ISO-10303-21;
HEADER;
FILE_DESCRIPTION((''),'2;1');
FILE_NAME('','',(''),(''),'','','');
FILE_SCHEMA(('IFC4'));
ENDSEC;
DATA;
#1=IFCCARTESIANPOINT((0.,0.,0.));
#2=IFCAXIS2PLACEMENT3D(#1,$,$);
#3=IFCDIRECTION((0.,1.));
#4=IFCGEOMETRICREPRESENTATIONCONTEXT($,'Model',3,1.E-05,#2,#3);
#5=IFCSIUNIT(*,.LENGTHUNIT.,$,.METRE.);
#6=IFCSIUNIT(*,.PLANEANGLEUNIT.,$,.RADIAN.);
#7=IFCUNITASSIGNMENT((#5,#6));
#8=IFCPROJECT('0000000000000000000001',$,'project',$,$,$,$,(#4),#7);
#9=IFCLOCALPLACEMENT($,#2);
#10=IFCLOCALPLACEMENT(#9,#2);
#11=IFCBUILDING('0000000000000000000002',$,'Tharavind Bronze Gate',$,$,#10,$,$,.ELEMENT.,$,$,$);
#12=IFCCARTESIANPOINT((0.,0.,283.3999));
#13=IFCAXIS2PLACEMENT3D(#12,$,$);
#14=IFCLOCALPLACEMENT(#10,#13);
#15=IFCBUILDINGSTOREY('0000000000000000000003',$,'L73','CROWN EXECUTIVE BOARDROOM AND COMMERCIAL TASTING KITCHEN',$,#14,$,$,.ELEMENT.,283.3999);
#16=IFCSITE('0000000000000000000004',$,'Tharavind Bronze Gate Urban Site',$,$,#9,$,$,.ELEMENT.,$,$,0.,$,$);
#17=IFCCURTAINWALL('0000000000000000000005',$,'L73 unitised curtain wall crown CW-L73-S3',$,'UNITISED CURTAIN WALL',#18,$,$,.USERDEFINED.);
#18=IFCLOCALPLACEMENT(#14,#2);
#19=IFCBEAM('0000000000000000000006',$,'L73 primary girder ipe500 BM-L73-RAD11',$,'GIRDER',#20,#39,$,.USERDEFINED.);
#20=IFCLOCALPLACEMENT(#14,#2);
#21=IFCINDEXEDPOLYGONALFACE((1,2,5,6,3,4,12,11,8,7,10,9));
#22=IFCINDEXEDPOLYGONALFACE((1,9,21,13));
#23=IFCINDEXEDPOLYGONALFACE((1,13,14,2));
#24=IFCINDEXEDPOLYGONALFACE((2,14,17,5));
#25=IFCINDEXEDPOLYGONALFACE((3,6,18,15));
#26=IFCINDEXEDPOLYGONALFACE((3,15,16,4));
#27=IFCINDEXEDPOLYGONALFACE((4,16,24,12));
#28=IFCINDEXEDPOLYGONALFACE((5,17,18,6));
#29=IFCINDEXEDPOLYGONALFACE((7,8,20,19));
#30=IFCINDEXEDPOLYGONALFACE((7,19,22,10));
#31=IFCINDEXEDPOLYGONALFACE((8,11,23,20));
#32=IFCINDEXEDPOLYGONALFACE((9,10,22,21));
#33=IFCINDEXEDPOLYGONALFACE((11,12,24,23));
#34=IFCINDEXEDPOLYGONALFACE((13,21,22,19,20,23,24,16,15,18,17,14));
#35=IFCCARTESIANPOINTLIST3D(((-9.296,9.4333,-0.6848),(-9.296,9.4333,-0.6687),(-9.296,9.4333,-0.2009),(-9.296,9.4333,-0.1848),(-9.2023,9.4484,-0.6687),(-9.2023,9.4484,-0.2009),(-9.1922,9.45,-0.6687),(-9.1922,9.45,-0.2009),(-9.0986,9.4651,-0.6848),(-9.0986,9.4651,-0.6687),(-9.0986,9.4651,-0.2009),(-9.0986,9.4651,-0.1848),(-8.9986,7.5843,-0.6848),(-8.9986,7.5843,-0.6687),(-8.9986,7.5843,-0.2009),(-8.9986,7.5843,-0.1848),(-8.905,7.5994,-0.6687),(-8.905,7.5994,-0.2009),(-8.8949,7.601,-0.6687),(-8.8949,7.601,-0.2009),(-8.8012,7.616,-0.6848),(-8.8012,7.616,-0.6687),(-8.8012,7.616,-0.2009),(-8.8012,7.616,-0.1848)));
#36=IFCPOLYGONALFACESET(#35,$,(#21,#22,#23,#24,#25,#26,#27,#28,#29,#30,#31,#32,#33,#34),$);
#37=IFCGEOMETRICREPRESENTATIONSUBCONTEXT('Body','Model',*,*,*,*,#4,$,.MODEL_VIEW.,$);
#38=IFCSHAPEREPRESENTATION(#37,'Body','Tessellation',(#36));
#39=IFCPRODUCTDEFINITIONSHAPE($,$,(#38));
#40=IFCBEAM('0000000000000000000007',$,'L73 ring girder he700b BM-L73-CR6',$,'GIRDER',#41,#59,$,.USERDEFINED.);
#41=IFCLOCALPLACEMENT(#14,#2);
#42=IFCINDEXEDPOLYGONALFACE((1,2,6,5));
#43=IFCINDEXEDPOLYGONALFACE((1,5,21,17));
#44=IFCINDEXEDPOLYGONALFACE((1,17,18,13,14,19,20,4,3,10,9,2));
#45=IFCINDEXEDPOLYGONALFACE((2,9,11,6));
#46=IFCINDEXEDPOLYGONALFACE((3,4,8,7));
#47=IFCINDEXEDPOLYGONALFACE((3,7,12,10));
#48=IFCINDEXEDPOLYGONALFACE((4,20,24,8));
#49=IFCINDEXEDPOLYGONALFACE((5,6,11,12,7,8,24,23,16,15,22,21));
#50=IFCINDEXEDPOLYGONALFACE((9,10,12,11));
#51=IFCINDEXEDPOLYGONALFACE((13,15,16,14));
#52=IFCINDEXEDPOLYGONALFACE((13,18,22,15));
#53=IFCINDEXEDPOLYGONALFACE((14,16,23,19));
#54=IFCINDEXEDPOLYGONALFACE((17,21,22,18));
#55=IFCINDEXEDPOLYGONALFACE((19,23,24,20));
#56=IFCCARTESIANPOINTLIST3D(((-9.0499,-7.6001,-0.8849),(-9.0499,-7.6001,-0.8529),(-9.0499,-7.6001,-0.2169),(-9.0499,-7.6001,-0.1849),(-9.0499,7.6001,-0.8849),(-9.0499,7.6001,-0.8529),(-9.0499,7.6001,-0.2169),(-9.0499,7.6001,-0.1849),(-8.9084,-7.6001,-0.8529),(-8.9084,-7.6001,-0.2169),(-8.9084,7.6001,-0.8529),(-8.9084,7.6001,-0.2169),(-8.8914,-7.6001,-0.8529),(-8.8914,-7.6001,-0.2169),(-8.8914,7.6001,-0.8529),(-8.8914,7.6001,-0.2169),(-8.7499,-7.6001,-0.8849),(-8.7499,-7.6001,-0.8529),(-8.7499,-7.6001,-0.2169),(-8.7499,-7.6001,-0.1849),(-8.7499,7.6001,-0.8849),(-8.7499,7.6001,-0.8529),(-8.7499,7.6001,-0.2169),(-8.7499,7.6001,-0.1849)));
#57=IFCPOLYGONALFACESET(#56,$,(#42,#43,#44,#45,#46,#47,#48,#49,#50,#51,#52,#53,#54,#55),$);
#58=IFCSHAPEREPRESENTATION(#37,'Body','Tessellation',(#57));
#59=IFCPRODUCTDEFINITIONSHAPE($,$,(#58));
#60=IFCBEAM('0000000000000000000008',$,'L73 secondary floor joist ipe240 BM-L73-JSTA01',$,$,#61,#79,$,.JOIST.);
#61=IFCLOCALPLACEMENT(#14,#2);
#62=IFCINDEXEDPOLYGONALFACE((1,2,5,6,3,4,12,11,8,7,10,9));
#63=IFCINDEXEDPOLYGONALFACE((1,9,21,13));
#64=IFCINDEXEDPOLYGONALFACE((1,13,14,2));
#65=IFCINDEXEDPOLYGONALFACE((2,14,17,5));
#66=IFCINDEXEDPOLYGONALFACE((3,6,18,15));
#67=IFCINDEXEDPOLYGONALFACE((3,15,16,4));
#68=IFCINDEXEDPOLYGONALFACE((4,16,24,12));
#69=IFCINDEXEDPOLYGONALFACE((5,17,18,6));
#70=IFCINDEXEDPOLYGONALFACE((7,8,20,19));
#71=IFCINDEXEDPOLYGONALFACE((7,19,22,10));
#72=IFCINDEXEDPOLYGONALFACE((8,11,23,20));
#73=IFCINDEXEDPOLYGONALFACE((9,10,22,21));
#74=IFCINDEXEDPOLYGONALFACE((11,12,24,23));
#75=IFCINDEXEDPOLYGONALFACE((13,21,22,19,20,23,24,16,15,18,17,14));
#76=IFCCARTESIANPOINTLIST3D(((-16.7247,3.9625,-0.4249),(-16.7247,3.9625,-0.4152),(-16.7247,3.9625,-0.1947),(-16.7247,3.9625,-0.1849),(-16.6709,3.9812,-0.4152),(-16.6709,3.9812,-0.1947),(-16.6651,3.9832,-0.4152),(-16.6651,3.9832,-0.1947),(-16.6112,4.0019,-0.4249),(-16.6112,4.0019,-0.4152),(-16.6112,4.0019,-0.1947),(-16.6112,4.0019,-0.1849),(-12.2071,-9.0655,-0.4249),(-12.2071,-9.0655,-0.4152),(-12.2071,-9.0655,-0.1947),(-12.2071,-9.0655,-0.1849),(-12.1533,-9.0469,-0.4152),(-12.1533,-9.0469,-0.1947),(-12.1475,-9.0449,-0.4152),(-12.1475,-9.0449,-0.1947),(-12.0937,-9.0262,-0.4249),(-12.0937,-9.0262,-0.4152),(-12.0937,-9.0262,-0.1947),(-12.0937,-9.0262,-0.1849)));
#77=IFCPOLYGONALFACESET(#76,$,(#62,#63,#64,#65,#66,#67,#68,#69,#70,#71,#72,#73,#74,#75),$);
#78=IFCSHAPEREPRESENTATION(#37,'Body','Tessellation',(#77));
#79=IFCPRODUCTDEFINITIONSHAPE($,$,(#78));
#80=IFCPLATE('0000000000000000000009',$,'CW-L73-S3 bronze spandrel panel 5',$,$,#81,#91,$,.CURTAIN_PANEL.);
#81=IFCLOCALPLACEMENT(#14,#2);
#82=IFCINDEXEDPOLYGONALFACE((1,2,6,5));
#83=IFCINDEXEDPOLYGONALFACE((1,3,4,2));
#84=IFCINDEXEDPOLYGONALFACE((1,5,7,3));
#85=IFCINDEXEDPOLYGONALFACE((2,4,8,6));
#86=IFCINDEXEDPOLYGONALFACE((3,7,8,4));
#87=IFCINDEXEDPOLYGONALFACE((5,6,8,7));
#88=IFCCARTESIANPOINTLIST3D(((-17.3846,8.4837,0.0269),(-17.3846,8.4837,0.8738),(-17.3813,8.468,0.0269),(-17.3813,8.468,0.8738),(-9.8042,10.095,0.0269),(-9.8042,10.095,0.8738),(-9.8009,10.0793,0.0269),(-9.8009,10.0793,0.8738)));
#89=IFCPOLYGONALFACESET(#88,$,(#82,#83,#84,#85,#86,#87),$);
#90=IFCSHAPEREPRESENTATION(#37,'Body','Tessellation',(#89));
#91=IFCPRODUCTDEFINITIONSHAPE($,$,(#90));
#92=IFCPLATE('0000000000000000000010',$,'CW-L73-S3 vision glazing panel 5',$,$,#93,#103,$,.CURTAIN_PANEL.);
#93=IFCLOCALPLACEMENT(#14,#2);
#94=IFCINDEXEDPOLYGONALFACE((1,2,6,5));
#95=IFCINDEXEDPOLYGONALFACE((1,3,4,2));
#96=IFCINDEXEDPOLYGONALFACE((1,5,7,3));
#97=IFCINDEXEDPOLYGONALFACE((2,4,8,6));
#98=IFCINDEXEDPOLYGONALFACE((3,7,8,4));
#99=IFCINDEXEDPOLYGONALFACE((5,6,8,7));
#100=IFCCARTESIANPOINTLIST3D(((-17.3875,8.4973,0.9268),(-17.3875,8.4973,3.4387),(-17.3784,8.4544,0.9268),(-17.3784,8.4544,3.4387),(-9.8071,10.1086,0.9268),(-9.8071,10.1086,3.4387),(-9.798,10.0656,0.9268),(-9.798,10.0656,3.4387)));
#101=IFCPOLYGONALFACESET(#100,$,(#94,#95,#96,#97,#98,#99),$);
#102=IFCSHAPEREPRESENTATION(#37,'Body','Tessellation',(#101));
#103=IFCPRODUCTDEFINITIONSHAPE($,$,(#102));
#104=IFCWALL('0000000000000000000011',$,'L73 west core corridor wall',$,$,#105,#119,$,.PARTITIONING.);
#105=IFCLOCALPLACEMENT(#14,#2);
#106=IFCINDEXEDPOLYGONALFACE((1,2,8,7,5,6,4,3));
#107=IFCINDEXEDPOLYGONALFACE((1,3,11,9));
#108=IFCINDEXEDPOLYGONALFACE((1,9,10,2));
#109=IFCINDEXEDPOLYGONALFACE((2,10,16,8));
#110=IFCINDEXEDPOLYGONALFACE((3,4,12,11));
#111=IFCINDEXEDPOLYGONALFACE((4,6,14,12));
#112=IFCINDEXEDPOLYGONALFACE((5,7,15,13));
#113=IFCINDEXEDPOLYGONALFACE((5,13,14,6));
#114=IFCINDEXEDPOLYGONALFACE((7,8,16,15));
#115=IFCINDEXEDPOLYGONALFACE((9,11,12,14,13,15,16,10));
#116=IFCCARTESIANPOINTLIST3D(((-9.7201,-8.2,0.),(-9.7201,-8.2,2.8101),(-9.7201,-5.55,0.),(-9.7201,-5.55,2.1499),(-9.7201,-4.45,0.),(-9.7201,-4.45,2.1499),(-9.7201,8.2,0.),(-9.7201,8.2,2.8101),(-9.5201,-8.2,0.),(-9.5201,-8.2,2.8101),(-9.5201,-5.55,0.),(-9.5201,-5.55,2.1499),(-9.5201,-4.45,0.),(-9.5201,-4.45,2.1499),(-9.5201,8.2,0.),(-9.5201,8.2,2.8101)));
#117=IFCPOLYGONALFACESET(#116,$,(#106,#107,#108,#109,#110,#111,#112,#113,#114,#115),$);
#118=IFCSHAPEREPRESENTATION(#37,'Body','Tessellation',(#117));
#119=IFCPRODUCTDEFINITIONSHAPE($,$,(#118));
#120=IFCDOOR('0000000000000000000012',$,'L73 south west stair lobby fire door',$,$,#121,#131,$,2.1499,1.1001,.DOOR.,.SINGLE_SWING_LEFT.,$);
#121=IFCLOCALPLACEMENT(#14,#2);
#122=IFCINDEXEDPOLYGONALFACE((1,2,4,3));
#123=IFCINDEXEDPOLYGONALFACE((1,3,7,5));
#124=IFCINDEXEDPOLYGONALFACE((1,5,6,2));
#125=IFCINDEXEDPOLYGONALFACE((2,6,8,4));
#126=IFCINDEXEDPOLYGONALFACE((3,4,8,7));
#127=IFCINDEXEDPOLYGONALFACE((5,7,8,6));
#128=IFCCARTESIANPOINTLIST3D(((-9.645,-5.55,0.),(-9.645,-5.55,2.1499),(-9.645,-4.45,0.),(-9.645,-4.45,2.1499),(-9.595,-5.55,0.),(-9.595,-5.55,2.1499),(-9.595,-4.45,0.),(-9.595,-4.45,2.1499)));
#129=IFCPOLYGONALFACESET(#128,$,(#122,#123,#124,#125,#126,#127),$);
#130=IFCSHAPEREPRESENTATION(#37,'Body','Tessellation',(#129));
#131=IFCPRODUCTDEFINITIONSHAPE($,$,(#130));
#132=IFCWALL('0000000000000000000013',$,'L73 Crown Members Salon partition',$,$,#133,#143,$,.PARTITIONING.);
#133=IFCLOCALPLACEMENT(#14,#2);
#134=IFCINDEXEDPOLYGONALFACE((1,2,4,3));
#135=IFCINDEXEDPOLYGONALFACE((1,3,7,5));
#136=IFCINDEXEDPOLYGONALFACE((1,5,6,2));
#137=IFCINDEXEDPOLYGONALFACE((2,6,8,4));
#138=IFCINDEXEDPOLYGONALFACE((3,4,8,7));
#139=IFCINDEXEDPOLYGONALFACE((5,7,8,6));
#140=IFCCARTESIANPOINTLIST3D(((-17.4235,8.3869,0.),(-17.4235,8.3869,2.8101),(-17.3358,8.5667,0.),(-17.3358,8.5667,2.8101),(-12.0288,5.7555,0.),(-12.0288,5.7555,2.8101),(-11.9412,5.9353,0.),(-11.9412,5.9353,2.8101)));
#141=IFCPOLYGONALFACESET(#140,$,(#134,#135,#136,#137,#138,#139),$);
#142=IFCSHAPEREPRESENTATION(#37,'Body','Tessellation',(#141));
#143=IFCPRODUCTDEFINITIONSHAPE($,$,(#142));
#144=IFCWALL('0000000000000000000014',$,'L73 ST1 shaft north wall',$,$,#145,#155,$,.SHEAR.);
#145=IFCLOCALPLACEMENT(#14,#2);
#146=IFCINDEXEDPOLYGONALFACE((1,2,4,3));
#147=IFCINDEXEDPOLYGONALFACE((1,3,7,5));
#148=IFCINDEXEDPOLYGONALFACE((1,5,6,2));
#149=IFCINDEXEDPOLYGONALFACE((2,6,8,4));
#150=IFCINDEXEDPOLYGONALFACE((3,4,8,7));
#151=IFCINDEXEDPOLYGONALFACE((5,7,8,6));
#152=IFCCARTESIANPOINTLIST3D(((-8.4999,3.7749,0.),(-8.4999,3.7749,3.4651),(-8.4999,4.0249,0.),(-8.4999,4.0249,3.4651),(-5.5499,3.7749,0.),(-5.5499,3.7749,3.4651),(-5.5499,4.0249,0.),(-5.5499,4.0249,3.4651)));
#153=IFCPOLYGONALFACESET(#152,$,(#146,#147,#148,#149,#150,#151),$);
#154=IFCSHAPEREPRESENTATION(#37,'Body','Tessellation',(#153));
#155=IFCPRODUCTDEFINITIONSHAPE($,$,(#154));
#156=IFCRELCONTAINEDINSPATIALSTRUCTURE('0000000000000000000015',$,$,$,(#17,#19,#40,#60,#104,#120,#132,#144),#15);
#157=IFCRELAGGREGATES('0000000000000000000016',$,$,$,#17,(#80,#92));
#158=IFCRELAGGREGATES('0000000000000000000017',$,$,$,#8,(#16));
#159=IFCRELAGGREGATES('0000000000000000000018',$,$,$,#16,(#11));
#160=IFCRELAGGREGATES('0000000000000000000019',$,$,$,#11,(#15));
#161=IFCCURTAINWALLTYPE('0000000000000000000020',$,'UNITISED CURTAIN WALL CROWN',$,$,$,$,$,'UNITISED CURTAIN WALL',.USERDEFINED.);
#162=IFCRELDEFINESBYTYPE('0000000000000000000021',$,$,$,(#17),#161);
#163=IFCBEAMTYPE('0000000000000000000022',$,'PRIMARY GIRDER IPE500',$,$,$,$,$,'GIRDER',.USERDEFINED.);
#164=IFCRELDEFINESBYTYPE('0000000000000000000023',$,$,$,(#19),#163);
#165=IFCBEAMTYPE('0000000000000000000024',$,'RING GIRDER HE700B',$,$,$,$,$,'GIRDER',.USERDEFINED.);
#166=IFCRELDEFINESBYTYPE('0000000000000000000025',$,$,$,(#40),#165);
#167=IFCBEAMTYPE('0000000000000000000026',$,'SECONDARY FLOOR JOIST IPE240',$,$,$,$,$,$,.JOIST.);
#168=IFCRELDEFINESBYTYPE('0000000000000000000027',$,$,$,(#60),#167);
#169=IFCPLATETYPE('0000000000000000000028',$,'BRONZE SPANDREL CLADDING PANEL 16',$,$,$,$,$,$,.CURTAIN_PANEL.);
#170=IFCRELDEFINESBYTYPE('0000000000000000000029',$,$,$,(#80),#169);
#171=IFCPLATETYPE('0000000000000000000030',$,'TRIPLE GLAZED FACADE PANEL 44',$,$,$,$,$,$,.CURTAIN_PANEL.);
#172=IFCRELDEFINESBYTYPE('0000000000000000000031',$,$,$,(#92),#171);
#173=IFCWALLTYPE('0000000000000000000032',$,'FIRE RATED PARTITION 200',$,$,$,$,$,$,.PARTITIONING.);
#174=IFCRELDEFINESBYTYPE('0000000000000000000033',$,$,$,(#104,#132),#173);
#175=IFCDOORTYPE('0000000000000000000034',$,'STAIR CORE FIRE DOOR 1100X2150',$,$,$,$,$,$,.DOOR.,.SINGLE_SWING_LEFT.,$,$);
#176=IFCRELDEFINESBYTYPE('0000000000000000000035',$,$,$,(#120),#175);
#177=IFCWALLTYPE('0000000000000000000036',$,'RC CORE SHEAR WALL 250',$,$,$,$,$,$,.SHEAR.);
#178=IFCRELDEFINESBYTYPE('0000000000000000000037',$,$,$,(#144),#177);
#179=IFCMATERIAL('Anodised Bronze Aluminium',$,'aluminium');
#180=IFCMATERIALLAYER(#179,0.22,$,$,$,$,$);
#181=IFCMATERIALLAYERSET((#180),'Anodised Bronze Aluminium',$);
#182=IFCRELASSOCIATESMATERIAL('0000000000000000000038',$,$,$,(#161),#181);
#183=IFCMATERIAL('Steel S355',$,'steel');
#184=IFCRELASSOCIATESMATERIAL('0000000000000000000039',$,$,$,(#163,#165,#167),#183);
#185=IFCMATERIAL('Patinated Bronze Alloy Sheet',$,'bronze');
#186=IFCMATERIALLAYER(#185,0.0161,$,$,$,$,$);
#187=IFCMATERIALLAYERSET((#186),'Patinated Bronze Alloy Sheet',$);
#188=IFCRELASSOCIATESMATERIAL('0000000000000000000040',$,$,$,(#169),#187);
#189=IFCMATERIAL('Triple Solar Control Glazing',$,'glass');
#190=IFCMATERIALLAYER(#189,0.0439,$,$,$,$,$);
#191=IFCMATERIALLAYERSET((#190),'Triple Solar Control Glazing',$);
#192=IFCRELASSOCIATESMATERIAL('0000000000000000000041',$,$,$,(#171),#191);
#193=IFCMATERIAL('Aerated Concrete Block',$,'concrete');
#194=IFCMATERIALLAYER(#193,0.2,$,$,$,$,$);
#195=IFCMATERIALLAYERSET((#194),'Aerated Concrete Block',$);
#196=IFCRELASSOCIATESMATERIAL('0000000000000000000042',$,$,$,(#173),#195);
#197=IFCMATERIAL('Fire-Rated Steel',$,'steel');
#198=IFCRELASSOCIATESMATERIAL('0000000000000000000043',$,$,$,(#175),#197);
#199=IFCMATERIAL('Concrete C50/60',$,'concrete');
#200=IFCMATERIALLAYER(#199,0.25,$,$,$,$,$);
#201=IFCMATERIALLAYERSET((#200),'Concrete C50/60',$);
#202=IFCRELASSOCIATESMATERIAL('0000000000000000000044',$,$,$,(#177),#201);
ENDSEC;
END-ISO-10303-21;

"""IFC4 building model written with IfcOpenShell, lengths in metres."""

from ifc_helpers import new_model, si_unit, direction, frame, frame_2d, origin, origin_2d, place, context, subcontext, project, spatial, rectangle, i_section, extrude, material, layer, layer_set, material_profile, profile_set, type_object, element, fill, aggregate, save


model = new_model("IFC4")

# Units and contexts
model_context = context("Model", 3, precision=1e-05, world=origin(), true_north=direction((0.0, 1.0)))
body_context = subcontext(model_context, "Body", "Model", "MODEL_VIEW")
ifc_project = project(units=[si_unit("LENGTHUNIT", "METRE"), si_unit("PLANEANGLEUNIT", "RADIAN")], contexts=[model_context])

# Site, building, storey
site_placement = place(None, origin())
site = spatial("IfcSite", under=ifc_project, at=site_placement, Name="Tharavind Bronze Gate Urban Site", CompositionType="ELEMENT", RefElevation=0.0)
building_placement = place(site_placement, origin())
building = spatial("IfcBuilding", under=site, at=building_placement, Name="Tharavind Bronze Gate", CompositionType="ELEMENT")
storey_placement = place(building_placement, frame((0.0, 0.0, 283.3999)))
storey = spatial("IfcBuildingStorey", under=building, at=storey_placement, Name="L73", Description="CROWN EXECUTIVE BOARDROOM AND COMMERCIAL TASTING KITCHEN", CompositionType="ELEMENT", Elevation=283.3999)

# Shared definitions
ifc_material_1 = material(Name="Concrete C50/60", Category="concrete")

# Curtain wall
ifc_material_2 = material(Name="Anodised Bronze Aluminium", Category="aluminium")
ifc_layer_1 = layer(ifc_material_2, 0.22)
ifc_layer_set_1 = layer_set([ifc_layer_1], Name="Anodised Bronze Aluminium")
curtain_wall_type = type_object("IfcCurtainWallType", Name="UNITISED CURTAIN WALL CROWN", ElementType="UNITISED CURTAIN WALL", PredefinedType="USERDEFINED", material=ifc_layer_set_1)
curtain_wall_placement = place(storey_placement, origin())
curtain_wall = element("IfcCurtainWall", 1, at=curtain_wall_placement, inside=storey, type_object=curtain_wall_type, Name="L73 unitised curtain wall crown CW-L73-S3", ObjectType="UNITISED CURTAIN WALL", PredefinedType="USERDEFINED")

# Beams
ifc_material_3 = material(Name="Steel S355", Category="steel")
ifc_material_profile_1 = material_profile(ifc_material_3, i_section(OverallWidth=0.2, OverallDepth=0.5, WebThickness=0.0103, FlangeThickness=0.0161, at=origin_2d()), Name="IPE500")
ifc_profile_set_1 = profile_set([ifc_material_profile_1], Name="Steel S355")
beam_type_1 = type_object("IfcBeamType", Name="PRIMARY GIRDER IPE500", ElementType="GIRDER", PredefinedType="USERDEFINED", material=ifc_profile_set_1)
beam_1_placement = place(storey_placement, frame((-9.1973, 9.4492, -0.4348), z_axis=(0.158773, -0.987315, 0.0), x_axis=(0.987315, 0.158773, 0.0)))
element("IfcBeam", 2, at=beam_1_placement, inside=storey, type_object=beam_type_1, Name="L73 primary girder ipe500 BM-L73-RAD11", ObjectType="GIRDER", PredefinedType="USERDEFINED", context=body_context, shape_type="SweptSolid", body=[
    extrude(i_section(OverallWidth=0.2, OverallDepth=0.5, WebThickness=0.0103, FlangeThickness=0.0161, at=origin_2d()), origin(), (0.0, 0.0, 1.0), 1.8728),
])
ifc_material_profile_2 = material_profile(ifc_material_3, i_section(OverallWidth=0.3, OverallDepth=0.7, WebThickness=0.0171, FlangeThickness=0.032, at=origin_2d()), Name="HE700B")
ifc_profile_set_2 = profile_set([ifc_material_profile_2], Name="Steel S355")
beam_type_2 = type_object("IfcBeamType", Name="RING GIRDER HE700B", ElementType="GIRDER", PredefinedType="USERDEFINED", material=ifc_profile_set_2)
beam_2_placement = place(storey_placement, frame((-8.8999, 7.6001, -0.5349), z_axis=(0.0, -1.0, 0.0), x_axis=(1.0, 0.0, 0.0)))
element("IfcBeam", 3, at=beam_2_placement, inside=storey, type_object=beam_type_2, Name="L73 ring girder he700b BM-L73-CR6", ObjectType="GIRDER", PredefinedType="USERDEFINED", context=body_context, shape_type="SweptSolid", body=[
    extrude(i_section(OverallWidth=0.3, OverallDepth=0.7, WebThickness=0.0171, FlangeThickness=0.032, at=origin_2d()), origin(), (0.0, 0.0, 1.0), 15.2002),
])
ifc_material_profile_3 = material_profile(ifc_material_3, i_section(OverallWidth=0.1201, OverallDepth=0.24, WebThickness=0.0061, FlangeThickness=0.0098, at=origin_2d()), Name="IPE240")
ifc_profile_set_3 = profile_set([ifc_material_profile_3], Name="Steel S355")
beam_type_3 = type_object("IfcBeamType", Name="SECONDARY FLOOR JOIST IPE240", PredefinedType="JOIST", material=ifc_profile_set_3)
beam_3_placement = place(storey_placement, frame((-16.668, 3.9822, -0.3049), z_axis=(0.32762, -0.94481, 0.0), x_axis=(0.94481, 0.32762, 0.0)))
element("IfcBeam", 4, at=beam_3_placement, inside=storey, type_object=beam_type_3, Name="L73 secondary floor joist ipe240 BM-L73-JSTA01", PredefinedType="JOIST", context=body_context, shape_type="SweptSolid", body=[
    extrude(i_section(OverallWidth=0.1201, OverallDepth=0.24, WebThickness=0.0061, FlangeThickness=0.0098, at=origin_2d()), origin(), (0.0, 0.0, 1.0), 13.7891),
])

# Plates
ifc_material_4 = material(Name="Patinated Bronze Alloy Sheet", Category="bronze")
ifc_layer_2 = layer(ifc_material_4, 0.0161)
ifc_layer_set_2 = layer_set([ifc_layer_2], Name="Patinated Bronze Alloy Sheet")
plate_type_1 = type_object("IfcPlateType", Name="BRONZE SPANDREL CLADDING PANEL 16", PredefinedType="CURTAIN_PANEL", material=ifc_layer_set_2)
plate_1_placement = place(storey_placement, frame((-13.5928, 9.2815, 0.0269), z_axis=(0.0, 0.0, 1.0), x_axis=(-0.978147, -0.207913, 0.0)))
plate_1 = element("IfcPlate", 5, at=plate_1_placement, type_object=plate_type_1, Name="CW-L73-S3 bronze spandrel panel 5", PredefinedType="CURTAIN_PANEL", context=body_context, shape_type="SweptSolid", body=[
    extrude(rectangle(XDim=7.7498, YDim=0.0161, at=origin_2d()), origin(), (0.0, 0.0, 1.0), 0.8469),
])
ifc_material_5 = material(Name="Triple Solar Control Glazing", Category="glass")
ifc_layer_3 = layer(ifc_material_5, 0.0439)
ifc_layer_set_3 = layer_set([ifc_layer_3], Name="Triple Solar Control Glazing")
plate_type_2 = type_object("IfcPlateType", Name="TRIPLE GLAZED FACADE PANEL 44", PredefinedType="CURTAIN_PANEL", material=ifc_layer_set_3)
plate_2_placement = place(storey_placement, frame((-13.5928, 9.2815, 0.9268), z_axis=(0.0, 0.0, 1.0), x_axis=(-0.978147, -0.207913, 0.0)))
plate_2 = element("IfcPlate", 6, at=plate_2_placement, type_object=plate_type_2, Name="CW-L73-S3 vision glazing panel 5", PredefinedType="CURTAIN_PANEL", context=body_context, shape_type="SweptSolid", body=[
    extrude(rectangle(XDim=7.7498, YDim=0.0439, at=origin_2d()), origin(), (0.0, 0.0, 1.0), 2.512),
])
aggregate(curtain_wall, [plate_1, plate_2])

# Wall, opening, door
ifc_material_6 = material(Name="Aerated Concrete Block", Category="concrete")
ifc_layer_4 = layer(ifc_material_6, 0.2)
ifc_layer_set_4 = layer_set([ifc_layer_4], Name="Aerated Concrete Block")
wall_type_1 = type_object("IfcWallType", Name="FIRE RATED PARTITION 200", PredefinedType="PARTITIONING", material=ifc_layer_set_4)
wall_1_placement = place(storey_placement, frame((-9.6201, 8.2, 0.0), z_axis=(0.0, 0.0, 1.0), x_axis=(0.0, -1.0, 0.0)))
wall_1 = element("IfcWall", 7, at=wall_1_placement, inside=storey, type_object=wall_type_1, Name="L73 west core corridor wall", PredefinedType="PARTITIONING", context=body_context, shape_type="SweptSolid", body=[
    extrude(rectangle(XDim=16.3999, YDim=0.2, at=frame_2d((8.2, 0.0))), origin(), (0.0, 0.0, 1.0), 2.8101),
])
opening_1_placement = place(wall_1_placement, frame((12.6499, 0.0, 0.0)))
opening_1 = element("IfcOpeningElement", 8, at=opening_1_placement, cuts=wall_1, PredefinedType="OPENING", context=body_context, shape_type="SweptSolid", body=[
    extrude(rectangle(XDim=1.1001, YDim=2.1499, at=frame_2d((0.55, 1.075))), frame((0.0, 0.1101, 0.0), z_axis=(0.0, -1.0, 0.0), x_axis=(1.0, 0.0, 0.0)), (0.0, 0.0, 1.0), 0.22),
])
ifc_material_7 = material(Name="Fire-Rated Steel", Category="steel")
door_type_1 = type_object("IfcDoorType", Name="STAIR CORE FIRE DOOR 1100X2150", OperationType="SINGLE_SWING_LEFT", PredefinedType="DOOR", material=ifc_material_7)
door_1_placement = place(opening_1_placement, frame((1.1001, 0.0, 0.0), z_axis=(0.0, 0.0, 1.0), x_axis=(-1.0, 0.0, 0.0)))
door_1 = element("IfcDoor", 9, at=door_1_placement, inside=storey, type_object=door_type_1, Name="L73 south west stair lobby fire door", OperationType="SINGLE_SWING_LEFT", OverallHeight=2.1499, OverallWidth=1.1001, PredefinedType="DOOR", context=body_context, shape_type="SweptSolid", body=[
    extrude(rectangle(XDim=1.1001, YDim=2.1499, at=frame_2d((0.55, 1.075))), frame((0.0, 0.0249, 0.0), z_axis=(0.0, -1.0, 0.0), x_axis=(1.0, 0.0, 0.0)), (0.0, 0.0, 1.0), 0.05),
])
fill(opening_1, door_1)

# Walls
wall_2_placement = place(storey_placement, frame((-11.9851, 5.8455, 0.0), z_axis=(0.0, 0.0, 1.0), x_axis=(-0.898777, 0.438406, 0.0)))
element("IfcWall", 10, at=wall_2_placement, inside=storey, type_object=wall_type_1, Name="L73 Crown Members Salon partition", PredefinedType="PARTITIONING", context=body_context, shape_type="SweptSolid", body=[
    extrude(rectangle(XDim=6.0022, YDim=0.2, at=frame_2d((3.001, 0.0))), origin(), (0.0, 0.0, 1.0), 2.8101),
])
ifc_layer_5 = layer(ifc_material_1, 0.25)
ifc_layer_set_5 = layer_set([ifc_layer_5], Name="Concrete C50/60")
wall_type_2 = type_object("IfcWallType", Name="RC CORE SHEAR WALL 250", PredefinedType="SHEAR", material=ifc_layer_set_5)
wall_3_placement = place(storey_placement, frame((-8.5, 3.8999, 0.0), z_axis=(0.0, 0.0, 1.0), x_axis=(1.0, 0.0, 0.0)))
element("IfcWall", 11, at=wall_3_placement, inside=storey, type_object=wall_type_2, Name="L73 ST1 shaft north wall", PredefinedType="SHEAR", context=body_context, shape_type="SweptSolid", body=[
    extrude(rectangle(XDim=2.95, YDim=0.25, at=frame_2d((1.4751, 0.0))), origin(), (0.0, 0.0, 1.0), 3.4651),
])

save(model, "model.ifc")
